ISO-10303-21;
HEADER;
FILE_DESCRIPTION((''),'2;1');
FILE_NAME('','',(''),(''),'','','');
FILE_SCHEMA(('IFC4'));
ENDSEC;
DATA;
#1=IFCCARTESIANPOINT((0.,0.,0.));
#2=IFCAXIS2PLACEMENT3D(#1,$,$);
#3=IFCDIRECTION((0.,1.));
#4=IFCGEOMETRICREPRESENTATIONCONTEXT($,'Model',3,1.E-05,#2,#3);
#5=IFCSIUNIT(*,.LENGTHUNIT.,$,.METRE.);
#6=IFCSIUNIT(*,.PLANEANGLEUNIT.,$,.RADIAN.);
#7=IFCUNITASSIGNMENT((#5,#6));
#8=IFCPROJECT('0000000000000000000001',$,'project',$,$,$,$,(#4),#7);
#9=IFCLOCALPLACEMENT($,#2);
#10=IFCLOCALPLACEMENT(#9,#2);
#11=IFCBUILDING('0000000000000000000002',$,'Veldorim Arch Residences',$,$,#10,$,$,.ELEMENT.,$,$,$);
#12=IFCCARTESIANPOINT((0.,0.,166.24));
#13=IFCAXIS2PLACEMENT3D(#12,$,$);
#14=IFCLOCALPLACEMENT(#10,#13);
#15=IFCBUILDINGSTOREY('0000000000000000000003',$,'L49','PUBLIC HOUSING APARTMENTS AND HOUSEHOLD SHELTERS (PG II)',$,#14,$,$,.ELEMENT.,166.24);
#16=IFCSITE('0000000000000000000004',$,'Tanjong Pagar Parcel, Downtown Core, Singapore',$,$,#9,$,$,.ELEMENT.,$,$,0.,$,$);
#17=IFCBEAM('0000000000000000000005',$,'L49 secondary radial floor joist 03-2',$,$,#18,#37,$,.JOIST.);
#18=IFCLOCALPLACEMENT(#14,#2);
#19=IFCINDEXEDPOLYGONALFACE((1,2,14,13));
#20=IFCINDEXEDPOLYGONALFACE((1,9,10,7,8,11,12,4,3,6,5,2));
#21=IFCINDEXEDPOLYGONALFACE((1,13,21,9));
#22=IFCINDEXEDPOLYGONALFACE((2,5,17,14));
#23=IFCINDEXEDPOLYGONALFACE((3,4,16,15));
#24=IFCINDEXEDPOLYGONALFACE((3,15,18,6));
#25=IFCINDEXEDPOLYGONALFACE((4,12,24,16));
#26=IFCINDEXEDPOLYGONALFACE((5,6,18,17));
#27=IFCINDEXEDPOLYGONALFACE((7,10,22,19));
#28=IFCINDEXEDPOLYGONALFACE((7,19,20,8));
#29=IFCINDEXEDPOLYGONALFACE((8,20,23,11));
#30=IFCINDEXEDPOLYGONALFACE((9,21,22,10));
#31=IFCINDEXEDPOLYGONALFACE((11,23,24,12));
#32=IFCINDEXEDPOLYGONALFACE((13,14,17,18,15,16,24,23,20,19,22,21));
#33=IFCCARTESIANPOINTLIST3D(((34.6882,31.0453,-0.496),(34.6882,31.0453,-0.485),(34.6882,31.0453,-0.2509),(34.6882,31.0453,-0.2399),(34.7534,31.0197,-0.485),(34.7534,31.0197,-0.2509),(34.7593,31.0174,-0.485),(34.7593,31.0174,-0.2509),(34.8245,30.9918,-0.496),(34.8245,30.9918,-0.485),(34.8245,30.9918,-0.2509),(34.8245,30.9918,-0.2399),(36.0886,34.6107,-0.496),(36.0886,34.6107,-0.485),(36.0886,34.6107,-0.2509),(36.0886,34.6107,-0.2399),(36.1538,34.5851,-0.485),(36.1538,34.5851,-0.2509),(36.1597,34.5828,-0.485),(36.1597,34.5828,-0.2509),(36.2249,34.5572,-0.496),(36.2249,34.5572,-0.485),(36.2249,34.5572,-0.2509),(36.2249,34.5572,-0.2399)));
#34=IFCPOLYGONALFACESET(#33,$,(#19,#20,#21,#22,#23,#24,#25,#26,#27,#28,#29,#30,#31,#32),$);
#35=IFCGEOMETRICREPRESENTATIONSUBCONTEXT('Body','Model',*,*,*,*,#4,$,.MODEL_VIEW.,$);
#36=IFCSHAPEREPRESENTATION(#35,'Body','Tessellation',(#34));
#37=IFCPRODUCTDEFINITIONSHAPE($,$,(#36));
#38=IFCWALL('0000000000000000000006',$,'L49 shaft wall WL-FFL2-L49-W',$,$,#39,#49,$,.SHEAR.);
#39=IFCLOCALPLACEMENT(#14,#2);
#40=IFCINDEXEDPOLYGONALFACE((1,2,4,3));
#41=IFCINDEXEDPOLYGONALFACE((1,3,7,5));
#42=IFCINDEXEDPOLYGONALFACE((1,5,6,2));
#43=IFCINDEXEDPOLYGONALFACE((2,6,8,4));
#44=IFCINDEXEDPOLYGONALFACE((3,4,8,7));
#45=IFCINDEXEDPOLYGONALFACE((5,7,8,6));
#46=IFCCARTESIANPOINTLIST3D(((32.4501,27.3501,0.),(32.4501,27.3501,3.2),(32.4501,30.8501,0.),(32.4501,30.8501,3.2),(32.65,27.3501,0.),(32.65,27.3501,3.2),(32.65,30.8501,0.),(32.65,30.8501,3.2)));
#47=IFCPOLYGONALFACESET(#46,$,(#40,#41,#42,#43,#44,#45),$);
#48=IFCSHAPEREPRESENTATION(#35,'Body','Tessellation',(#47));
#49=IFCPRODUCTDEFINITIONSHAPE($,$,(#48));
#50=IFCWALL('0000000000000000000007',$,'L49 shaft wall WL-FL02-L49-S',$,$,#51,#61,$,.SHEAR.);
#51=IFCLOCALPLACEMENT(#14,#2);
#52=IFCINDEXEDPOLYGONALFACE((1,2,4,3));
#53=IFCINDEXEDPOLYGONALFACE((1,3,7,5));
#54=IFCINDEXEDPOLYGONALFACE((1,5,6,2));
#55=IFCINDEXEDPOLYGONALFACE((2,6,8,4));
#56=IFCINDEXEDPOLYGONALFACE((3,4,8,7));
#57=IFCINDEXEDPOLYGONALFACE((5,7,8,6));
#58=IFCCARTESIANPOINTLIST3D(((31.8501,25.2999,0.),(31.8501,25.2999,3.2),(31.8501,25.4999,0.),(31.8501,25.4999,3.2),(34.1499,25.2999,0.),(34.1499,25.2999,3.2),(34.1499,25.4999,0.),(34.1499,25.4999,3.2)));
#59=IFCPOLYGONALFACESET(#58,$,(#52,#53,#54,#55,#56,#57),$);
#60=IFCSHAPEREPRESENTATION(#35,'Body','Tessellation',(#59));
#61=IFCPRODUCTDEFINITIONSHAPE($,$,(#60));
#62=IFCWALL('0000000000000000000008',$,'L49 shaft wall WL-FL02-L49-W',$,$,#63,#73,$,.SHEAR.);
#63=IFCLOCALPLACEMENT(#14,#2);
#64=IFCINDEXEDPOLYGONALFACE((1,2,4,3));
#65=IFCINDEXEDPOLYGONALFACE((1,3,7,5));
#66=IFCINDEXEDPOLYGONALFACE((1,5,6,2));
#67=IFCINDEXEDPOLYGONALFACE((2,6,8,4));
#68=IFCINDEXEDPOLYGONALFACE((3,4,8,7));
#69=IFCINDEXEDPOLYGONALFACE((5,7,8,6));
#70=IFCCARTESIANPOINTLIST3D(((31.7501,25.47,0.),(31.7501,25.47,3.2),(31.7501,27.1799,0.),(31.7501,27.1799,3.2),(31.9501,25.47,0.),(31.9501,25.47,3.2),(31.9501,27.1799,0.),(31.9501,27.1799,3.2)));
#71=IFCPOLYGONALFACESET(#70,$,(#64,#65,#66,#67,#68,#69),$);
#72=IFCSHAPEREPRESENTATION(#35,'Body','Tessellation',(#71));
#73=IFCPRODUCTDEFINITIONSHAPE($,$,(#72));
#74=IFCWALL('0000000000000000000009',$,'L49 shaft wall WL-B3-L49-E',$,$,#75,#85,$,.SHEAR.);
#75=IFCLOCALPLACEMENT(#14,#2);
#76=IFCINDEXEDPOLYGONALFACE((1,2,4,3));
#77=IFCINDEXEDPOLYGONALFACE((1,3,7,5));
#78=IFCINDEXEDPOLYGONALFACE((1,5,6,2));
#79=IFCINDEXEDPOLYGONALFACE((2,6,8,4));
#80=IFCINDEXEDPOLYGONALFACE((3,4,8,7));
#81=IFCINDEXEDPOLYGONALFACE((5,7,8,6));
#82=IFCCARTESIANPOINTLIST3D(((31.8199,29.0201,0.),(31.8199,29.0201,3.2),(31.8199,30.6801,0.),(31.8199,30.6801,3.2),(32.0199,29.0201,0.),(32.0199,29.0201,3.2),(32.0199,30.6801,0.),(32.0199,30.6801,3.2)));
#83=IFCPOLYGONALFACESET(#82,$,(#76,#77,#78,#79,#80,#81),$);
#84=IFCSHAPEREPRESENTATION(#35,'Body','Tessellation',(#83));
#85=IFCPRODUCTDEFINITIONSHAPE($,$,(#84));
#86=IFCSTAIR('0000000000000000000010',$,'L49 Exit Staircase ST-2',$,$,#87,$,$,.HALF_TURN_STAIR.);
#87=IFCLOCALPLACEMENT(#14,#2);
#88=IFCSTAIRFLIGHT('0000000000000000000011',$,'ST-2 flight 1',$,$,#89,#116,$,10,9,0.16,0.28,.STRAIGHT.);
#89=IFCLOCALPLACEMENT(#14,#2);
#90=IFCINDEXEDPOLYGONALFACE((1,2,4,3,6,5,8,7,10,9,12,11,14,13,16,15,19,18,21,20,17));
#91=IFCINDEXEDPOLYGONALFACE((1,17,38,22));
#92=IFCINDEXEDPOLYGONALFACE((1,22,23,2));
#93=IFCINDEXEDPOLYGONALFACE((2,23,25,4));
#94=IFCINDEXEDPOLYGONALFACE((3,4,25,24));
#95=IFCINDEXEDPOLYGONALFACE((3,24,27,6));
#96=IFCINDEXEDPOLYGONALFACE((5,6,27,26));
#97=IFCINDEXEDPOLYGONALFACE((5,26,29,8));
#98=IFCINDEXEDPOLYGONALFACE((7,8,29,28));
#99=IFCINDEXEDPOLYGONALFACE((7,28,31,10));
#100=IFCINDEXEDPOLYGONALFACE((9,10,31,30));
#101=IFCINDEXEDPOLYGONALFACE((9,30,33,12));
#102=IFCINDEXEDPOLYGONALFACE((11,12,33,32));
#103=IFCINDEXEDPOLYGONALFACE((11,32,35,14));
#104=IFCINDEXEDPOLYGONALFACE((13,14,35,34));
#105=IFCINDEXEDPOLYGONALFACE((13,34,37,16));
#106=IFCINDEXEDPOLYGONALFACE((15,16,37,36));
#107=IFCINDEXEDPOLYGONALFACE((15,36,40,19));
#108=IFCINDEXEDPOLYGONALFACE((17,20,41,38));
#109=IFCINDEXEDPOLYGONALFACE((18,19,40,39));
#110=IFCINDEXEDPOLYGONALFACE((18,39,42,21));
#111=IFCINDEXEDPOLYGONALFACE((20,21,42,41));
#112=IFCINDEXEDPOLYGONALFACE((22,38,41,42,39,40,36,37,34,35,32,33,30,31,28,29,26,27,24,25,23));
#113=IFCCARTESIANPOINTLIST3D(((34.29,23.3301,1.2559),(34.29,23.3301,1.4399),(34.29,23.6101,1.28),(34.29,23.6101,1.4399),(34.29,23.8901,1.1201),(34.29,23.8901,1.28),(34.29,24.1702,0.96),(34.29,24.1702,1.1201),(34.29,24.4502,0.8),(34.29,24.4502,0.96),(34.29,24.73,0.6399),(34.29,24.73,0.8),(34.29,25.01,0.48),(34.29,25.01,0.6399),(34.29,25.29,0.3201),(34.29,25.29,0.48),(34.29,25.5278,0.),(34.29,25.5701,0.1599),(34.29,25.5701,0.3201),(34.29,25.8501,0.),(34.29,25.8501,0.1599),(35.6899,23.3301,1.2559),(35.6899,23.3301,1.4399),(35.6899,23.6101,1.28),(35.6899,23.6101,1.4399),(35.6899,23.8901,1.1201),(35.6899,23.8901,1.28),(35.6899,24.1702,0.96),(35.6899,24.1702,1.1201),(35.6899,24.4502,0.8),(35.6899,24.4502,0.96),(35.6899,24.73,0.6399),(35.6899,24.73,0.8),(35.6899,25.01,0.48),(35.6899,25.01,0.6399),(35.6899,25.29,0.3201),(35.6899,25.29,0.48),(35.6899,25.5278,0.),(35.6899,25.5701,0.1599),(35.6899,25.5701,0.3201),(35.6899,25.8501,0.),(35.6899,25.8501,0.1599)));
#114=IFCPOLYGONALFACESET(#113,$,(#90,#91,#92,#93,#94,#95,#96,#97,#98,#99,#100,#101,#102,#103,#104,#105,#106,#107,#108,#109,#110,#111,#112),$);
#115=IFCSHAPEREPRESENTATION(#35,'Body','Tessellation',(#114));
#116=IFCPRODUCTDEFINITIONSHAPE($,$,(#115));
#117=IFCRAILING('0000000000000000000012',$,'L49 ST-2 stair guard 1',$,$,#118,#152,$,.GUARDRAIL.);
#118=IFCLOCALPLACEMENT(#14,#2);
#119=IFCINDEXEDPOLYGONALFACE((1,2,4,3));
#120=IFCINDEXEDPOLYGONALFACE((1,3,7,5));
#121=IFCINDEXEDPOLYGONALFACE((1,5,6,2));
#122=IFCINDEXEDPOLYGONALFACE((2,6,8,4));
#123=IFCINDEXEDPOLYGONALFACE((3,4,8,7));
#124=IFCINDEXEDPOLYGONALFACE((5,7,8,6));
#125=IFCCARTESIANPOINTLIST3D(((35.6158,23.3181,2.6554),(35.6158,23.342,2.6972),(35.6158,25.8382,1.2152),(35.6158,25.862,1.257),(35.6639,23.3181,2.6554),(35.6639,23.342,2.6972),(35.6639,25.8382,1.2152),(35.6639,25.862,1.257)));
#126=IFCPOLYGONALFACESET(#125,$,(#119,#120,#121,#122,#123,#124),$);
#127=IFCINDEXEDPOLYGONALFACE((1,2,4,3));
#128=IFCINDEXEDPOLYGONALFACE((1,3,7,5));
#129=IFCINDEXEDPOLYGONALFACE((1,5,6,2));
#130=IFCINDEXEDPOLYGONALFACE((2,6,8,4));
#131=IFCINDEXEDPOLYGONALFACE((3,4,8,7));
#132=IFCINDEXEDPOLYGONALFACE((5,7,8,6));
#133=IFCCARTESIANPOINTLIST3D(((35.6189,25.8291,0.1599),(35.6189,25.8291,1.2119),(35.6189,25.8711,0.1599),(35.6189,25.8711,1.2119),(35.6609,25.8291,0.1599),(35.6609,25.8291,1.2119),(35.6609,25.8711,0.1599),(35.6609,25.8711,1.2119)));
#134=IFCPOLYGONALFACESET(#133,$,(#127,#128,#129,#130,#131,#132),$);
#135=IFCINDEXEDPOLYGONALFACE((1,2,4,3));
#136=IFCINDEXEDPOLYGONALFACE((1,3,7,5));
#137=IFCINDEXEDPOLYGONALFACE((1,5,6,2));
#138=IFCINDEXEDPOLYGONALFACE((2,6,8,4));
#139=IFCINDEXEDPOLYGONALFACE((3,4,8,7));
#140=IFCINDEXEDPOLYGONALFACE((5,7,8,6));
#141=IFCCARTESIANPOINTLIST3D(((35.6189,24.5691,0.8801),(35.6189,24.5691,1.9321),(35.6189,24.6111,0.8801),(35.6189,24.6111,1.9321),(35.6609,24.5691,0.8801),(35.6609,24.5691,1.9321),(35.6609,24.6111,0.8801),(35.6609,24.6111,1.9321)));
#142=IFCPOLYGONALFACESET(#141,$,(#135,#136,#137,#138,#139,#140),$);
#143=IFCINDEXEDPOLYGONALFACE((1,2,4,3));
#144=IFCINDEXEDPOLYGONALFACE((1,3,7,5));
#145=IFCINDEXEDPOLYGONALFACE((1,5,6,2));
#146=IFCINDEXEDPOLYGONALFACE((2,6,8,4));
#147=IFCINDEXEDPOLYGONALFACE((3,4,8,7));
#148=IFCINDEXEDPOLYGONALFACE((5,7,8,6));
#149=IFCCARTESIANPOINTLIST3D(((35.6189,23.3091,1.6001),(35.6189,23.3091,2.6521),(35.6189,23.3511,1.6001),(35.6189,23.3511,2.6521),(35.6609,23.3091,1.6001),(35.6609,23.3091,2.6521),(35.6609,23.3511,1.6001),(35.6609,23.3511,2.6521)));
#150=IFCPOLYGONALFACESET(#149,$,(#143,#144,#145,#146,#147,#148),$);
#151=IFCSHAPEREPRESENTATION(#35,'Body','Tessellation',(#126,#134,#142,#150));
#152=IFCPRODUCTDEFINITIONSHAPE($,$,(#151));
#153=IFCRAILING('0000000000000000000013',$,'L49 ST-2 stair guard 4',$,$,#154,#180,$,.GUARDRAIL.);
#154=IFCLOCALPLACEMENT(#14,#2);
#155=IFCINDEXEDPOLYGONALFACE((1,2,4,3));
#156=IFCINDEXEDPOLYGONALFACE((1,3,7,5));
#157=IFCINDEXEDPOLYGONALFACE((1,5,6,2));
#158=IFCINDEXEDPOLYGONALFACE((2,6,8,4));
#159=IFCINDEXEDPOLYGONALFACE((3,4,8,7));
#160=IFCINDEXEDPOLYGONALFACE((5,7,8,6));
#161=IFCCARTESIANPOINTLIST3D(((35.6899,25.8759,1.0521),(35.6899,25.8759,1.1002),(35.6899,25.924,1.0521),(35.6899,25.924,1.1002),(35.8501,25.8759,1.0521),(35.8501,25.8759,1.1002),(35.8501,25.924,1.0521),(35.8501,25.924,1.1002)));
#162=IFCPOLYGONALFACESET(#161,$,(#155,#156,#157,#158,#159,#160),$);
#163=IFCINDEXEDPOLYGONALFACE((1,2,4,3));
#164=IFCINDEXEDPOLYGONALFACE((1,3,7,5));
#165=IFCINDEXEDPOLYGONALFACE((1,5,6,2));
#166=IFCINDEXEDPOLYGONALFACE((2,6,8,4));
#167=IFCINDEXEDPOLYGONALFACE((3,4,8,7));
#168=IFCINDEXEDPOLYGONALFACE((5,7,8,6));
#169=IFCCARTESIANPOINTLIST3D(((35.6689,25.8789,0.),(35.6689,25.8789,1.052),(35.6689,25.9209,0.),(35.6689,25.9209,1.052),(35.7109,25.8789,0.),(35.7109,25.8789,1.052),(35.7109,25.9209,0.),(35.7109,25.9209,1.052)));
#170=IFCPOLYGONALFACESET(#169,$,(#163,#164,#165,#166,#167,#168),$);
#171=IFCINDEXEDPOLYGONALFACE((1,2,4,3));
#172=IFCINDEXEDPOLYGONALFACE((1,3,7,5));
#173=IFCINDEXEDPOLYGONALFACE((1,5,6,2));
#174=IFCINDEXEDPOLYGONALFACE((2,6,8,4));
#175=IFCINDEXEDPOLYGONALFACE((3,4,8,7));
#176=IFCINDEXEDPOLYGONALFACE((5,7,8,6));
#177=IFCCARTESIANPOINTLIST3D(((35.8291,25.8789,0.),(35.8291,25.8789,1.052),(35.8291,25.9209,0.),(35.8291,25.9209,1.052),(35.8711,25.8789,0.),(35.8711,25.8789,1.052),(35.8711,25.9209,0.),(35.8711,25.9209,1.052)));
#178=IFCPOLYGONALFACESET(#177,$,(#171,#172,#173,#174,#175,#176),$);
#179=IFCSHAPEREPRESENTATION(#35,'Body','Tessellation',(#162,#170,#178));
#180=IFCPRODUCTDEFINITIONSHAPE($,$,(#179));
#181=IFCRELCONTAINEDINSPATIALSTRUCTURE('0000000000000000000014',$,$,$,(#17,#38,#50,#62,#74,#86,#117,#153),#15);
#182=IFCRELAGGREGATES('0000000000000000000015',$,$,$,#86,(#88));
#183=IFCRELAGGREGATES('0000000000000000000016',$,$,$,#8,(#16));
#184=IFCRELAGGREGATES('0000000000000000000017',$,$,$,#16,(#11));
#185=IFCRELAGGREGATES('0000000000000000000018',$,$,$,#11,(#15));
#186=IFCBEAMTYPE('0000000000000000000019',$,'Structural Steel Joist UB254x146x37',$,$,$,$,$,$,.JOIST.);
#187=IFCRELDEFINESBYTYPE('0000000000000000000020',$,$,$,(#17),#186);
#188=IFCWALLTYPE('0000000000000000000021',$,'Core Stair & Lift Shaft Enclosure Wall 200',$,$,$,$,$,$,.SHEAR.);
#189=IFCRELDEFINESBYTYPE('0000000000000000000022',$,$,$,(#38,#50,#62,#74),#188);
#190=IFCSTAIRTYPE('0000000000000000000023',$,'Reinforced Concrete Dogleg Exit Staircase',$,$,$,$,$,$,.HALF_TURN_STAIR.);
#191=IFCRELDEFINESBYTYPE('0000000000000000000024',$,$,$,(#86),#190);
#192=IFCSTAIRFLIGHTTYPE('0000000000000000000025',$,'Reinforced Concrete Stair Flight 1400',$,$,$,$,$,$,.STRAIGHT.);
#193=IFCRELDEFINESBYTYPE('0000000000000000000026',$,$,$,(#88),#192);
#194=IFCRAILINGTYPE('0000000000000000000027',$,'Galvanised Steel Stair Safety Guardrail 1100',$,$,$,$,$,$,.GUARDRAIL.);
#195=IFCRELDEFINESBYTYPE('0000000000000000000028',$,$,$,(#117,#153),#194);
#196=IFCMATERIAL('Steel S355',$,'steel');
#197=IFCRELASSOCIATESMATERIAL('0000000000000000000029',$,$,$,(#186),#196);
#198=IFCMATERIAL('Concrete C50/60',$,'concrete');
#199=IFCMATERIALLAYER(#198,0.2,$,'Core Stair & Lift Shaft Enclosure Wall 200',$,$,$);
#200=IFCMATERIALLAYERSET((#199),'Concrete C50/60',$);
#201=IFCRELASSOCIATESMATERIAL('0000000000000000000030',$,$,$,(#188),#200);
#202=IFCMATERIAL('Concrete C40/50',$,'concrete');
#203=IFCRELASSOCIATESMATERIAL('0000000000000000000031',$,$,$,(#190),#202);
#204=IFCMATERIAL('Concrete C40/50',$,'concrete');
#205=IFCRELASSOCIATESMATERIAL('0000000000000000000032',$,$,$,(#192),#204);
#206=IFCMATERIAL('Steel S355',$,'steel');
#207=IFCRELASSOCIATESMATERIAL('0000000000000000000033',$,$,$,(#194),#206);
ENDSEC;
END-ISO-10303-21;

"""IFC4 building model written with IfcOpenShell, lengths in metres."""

from ifc_helpers import new_model, si_unit, direction, frame, frame_2d, origin, origin_2d, place, context, subcontext, project, spatial, polyline, rectangle, i_section, outline, extrude, material, layer, layer_set, material_profile, profile_set, type_object, element, aggregate, save


model = new_model("IFC4")

# Units and contexts
model_context = context("Model", 3, precision=1e-05, world=origin(), true_north=direction((0.0, 1.0)))
body_context = subcontext(model_context, "Body", "Model", "MODEL_VIEW")
ifc_project = project(units=[si_unit("LENGTHUNIT", "METRE"), si_unit("PLANEANGLEUNIT", "RADIAN")], contexts=[model_context])

# Site, building, storey
site_placement = place(None, origin())
site = spatial("IfcSite", under=ifc_project, at=site_placement, Name="Tanjong Pagar Parcel, Downtown Core, Singapore", CompositionType="ELEMENT", RefElevation=0.0)
building_placement = place(site_placement, origin())
building = spatial("IfcBuilding", under=site, at=building_placement, Name="Veldorim Arch Residences", CompositionType="ELEMENT")
storey_placement = place(building_placement, frame((0.0, 0.0, 166.24)))
storey = spatial("IfcBuildingStorey", under=building, at=storey_placement, Name="L49", Description="PUBLIC HOUSING APARTMENTS AND HOUSEHOLD SHELTERS (PG II)", CompositionType="ELEMENT", Elevation=166.24)

# Beam
ifc_material_1 = material(Name="Steel S355", Category="steel")
ifc_material_profile_1 = material_profile(ifc_material_1, i_section(OverallWidth=0.1465, OverallDepth=0.2561, WebThickness=0.0063, FlangeThickness=0.011, at=origin_2d()), Name="UB254x146x37")
ifc_profile_set_1 = profile_set([ifc_material_profile_1], Name="Steel S355")
beam_type_1 = type_object("IfcBeamType", Name="Structural Steel Joist UB254x146x37", PredefinedType="JOIST", material=ifc_profile_set_1)
beam_1_placement = place(storey_placement, frame((34.7563, 31.0186, -0.3679), z_axis=(0.365581, 0.930779, 0.0), x_axis=(-0.930779, 0.365581, 0.0)))
element("IfcBeam", 1, at=beam_1_placement, inside=storey, type_object=beam_type_1, Name="L49 secondary radial floor joist 03-2", PredefinedType="JOIST", context=body_context, shape_type="SweptSolid", body=[
    extrude(i_section(OverallWidth=0.1465, OverallDepth=0.2561, WebThickness=0.0063, FlangeThickness=0.011, at=origin_2d()), origin(), (0.0, 0.0, 1.0), 3.8306),
])

# Shared definitions
ifc_material_2 = material(Name="Concrete C50/60", Category="concrete")
ifc_layer = layer(ifc_material_2, 0.2, Name="Core Stair & Lift Shaft Enclosure Wall 200")
ifc_layer_set = layer_set([ifc_layer], Name="Concrete C50/60")
wall_type = type_object("IfcWallType", Name="Core Stair & Lift Shaft Enclosure Wall 200", PredefinedType="SHEAR", material=ifc_layer_set)

# Wall
wall_1_placement = place(storey_placement, frame((32.55, 27.3501, 0.0), z_axis=(0.0, 0.0, 1.0), x_axis=(0.0, 1.0, 0.0)))
element("IfcWall", 2, at=wall_1_placement, inside=storey, type_object=wall_type, Name="L49 shaft wall WL-FFL2-L49-W", PredefinedType="SHEAR", context=body_context, shape_type="SweptSolid", body=[
    extrude(rectangle(XDim=3.5, YDim=0.2, at=frame_2d((1.75, 0.0))), origin(), (0.0, 0.0, 1.0), 3.2),
])

# Walls
wall_2_placement = place(storey_placement, frame((31.8501, 25.3999, 0.0), z_axis=(0.0, 0.0, 1.0), x_axis=(1.0, 0.0, 0.0)))
element("IfcWall", 3, at=wall_2_placement, inside=storey, type_object=wall_type, Name="L49 shaft wall WL-FL02-L49-S", PredefinedType="SHEAR", context=body_context, shape_type="SweptSolid", body=[
    extrude(rectangle(XDim=2.2998, YDim=0.2, at=frame_2d((1.1499, 0.0))), origin(), (0.0, 0.0, 1.0), 3.2),
])
wall_3_placement = place(storey_placement, frame((31.8501, 25.47, 0.0), z_axis=(0.0, 0.0, 1.0), x_axis=(0.0, 1.0, 0.0)))
element("IfcWall", 4, at=wall_3_placement, inside=storey, type_object=wall_type, Name="L49 shaft wall WL-FL02-L49-W", PredefinedType="SHEAR", context=body_context, shape_type="SweptSolid", body=[
    extrude(rectangle(XDim=1.71, YDim=0.2, at=frame_2d((0.855, 0.0))), origin(), (0.0, 0.0, 1.0), 3.2),
])
wall_4_placement = place(storey_placement, frame((31.9199, 29.02, 0.0), z_axis=(0.0, 0.0, 1.0), x_axis=(0.0, 1.0, 0.0)))
element("IfcWall", 5, at=wall_4_placement, inside=storey, type_object=wall_type, Name="L49 shaft wall WL-B3-L49-E", PredefinedType="SHEAR", context=body_context, shape_type="SweptSolid", body=[
    extrude(rectangle(XDim=1.6599, YDim=0.2, at=frame_2d((0.8301, 0.0))), origin(), (0.0, 0.0, 1.0), 3.2),
])

# Stair, stair flight
ifc_material_3 = material(Name="Concrete C40/50", Category="concrete")
stair_type = type_object("IfcStairType", Name="Reinforced Concrete Dogleg Exit Staircase", PredefinedType="HALF_TURN_STAIR", material=ifc_material_3)
stair_placement = place(storey_placement, origin())
stair = element("IfcStair", 6, at=stair_placement, inside=storey, type_object=stair_type, Name="L49 Exit Staircase ST-2", PredefinedType="HALF_TURN_STAIR")
ifc_material_4 = material(Name="Concrete C40/50", Category="concrete")
stair_flight_type = type_object("IfcStairFlightType", Name="Reinforced Concrete Stair Flight 1400", PredefinedType="STRAIGHT", material=ifc_material_4)
stair_flight_placement = place(storey_placement, frame((34.99, 25.8501, 0.0), z_axis=(0.0, 0.0, 1.0), x_axis=(0.0, -1.0, 0.0)))
stair_flight = element("IfcStairFlight", 7, at=stair_flight_placement, type_object=stair_flight_type, Name="ST-2 flight 1", NumberOfRisers=10, NumberOfTreads=9, PredefinedType="STRAIGHT", RiserHeight=0.16, TreadLength=0.28, context=body_context, shape_type="SweptSolid", body=[
    extrude(outline(polyline([(0.0, 0.0), (0.0, 0.1599), (0.28, 0.1599), (0.28, 0.3201), (0.5601, 0.3201), (0.5601, 0.48), (0.8401, 0.48), (0.8401, 0.6399), (1.1201, 0.6399), (1.1201, 0.8), (1.3999, 0.8), (1.3999, 0.96), (1.6799, 0.96), (1.6799, 1.1201), (1.96, 1.1201), (1.96, 1.28), (2.24, 1.28), (2.24, 1.4399), (2.52, 1.4399), (2.52, 1.6001), (2.52, 1.2559), (0.3223, 0.0), (0.0, 0.0)])), frame((0.0, 0.7, 0.0), z_axis=(0.0, -1.0, 0.0), x_axis=(1.0, 0.0, 0.0)), (0.0, 0.0, 1.0), 1.3999),
])
aggregate(stair, [stair_flight])

# Railings
ifc_material_5 = material(Name="Steel S355", Category="steel")
railing_type_1 = type_object("IfcRailingType", Name="Galvanised Steel Stair Safety Guardrail 1100", PredefinedType="GUARDRAIL", material=ifc_material_5)
railing_1_placement = place(storey_placement, frame((35.6399, 25.8501, 0.1599)))
element("IfcRailing", 8, at=railing_1_placement, inside=storey, type_object=railing_type_1, Name="L49 ST-2 stair guard 1", PredefinedType="GUARDRAIL", context=body_context, shape_type="SweptSolid", body=[
    extrude(rectangle(XDim=0.0481, YDim=0.0481, at=origin_2d()), frame((0.0, 0.0, 1.0762), z_axis=(0.0, -0.868217, 0.496184), x_axis=(1.0, 0.0, 0.0)), (0.0, 0.0, 1.0), 2.9026),
    extrude(rectangle(XDim=0.042, YDim=0.042, at=origin_2d()), origin(), (0.0, 0.0, 1.0), 1.052),
    extrude(rectangle(XDim=0.042, YDim=0.042, at=origin_2d()), frame((0.0, -1.26, 0.7202)), (0.0, 0.0, 1.0), 1.052),
    extrude(rectangle(XDim=0.042, YDim=0.042, at=origin_2d()), frame((0.0, -2.52, 1.4402)), (0.0, 0.0, 1.0), 1.052),
])
railing_2_placement = place(storey_placement, frame((35.6899, 25.8999, 0.0)))
element("IfcRailing", 9, at=railing_2_placement, inside=storey, type_object=railing_type_1, Name="L49 ST-2 stair guard 4", PredefinedType="GUARDRAIL", context=body_context, shape_type="SweptSolid", body=[
    extrude(rectangle(XDim=0.0481, YDim=0.0481, at=origin_2d()), frame((0.0, 0.0, 1.0762), z_axis=(1.0, 0.0, 0.0), x_axis=(0.0, 1.0, 0.0)), (0.0, 0.0, 1.0), 0.1602),
    extrude(rectangle(XDim=0.042, YDim=0.042, at=origin_2d()), origin(), (0.0, 0.0, 1.0), 1.052),
    extrude(rectangle(XDim=0.042, YDim=0.042, at=origin_2d()), frame((0.1602, 0.0, 0.0)), (0.0, 0.0, 1.0), 1.052),
])

save(model, "model.ifc")
